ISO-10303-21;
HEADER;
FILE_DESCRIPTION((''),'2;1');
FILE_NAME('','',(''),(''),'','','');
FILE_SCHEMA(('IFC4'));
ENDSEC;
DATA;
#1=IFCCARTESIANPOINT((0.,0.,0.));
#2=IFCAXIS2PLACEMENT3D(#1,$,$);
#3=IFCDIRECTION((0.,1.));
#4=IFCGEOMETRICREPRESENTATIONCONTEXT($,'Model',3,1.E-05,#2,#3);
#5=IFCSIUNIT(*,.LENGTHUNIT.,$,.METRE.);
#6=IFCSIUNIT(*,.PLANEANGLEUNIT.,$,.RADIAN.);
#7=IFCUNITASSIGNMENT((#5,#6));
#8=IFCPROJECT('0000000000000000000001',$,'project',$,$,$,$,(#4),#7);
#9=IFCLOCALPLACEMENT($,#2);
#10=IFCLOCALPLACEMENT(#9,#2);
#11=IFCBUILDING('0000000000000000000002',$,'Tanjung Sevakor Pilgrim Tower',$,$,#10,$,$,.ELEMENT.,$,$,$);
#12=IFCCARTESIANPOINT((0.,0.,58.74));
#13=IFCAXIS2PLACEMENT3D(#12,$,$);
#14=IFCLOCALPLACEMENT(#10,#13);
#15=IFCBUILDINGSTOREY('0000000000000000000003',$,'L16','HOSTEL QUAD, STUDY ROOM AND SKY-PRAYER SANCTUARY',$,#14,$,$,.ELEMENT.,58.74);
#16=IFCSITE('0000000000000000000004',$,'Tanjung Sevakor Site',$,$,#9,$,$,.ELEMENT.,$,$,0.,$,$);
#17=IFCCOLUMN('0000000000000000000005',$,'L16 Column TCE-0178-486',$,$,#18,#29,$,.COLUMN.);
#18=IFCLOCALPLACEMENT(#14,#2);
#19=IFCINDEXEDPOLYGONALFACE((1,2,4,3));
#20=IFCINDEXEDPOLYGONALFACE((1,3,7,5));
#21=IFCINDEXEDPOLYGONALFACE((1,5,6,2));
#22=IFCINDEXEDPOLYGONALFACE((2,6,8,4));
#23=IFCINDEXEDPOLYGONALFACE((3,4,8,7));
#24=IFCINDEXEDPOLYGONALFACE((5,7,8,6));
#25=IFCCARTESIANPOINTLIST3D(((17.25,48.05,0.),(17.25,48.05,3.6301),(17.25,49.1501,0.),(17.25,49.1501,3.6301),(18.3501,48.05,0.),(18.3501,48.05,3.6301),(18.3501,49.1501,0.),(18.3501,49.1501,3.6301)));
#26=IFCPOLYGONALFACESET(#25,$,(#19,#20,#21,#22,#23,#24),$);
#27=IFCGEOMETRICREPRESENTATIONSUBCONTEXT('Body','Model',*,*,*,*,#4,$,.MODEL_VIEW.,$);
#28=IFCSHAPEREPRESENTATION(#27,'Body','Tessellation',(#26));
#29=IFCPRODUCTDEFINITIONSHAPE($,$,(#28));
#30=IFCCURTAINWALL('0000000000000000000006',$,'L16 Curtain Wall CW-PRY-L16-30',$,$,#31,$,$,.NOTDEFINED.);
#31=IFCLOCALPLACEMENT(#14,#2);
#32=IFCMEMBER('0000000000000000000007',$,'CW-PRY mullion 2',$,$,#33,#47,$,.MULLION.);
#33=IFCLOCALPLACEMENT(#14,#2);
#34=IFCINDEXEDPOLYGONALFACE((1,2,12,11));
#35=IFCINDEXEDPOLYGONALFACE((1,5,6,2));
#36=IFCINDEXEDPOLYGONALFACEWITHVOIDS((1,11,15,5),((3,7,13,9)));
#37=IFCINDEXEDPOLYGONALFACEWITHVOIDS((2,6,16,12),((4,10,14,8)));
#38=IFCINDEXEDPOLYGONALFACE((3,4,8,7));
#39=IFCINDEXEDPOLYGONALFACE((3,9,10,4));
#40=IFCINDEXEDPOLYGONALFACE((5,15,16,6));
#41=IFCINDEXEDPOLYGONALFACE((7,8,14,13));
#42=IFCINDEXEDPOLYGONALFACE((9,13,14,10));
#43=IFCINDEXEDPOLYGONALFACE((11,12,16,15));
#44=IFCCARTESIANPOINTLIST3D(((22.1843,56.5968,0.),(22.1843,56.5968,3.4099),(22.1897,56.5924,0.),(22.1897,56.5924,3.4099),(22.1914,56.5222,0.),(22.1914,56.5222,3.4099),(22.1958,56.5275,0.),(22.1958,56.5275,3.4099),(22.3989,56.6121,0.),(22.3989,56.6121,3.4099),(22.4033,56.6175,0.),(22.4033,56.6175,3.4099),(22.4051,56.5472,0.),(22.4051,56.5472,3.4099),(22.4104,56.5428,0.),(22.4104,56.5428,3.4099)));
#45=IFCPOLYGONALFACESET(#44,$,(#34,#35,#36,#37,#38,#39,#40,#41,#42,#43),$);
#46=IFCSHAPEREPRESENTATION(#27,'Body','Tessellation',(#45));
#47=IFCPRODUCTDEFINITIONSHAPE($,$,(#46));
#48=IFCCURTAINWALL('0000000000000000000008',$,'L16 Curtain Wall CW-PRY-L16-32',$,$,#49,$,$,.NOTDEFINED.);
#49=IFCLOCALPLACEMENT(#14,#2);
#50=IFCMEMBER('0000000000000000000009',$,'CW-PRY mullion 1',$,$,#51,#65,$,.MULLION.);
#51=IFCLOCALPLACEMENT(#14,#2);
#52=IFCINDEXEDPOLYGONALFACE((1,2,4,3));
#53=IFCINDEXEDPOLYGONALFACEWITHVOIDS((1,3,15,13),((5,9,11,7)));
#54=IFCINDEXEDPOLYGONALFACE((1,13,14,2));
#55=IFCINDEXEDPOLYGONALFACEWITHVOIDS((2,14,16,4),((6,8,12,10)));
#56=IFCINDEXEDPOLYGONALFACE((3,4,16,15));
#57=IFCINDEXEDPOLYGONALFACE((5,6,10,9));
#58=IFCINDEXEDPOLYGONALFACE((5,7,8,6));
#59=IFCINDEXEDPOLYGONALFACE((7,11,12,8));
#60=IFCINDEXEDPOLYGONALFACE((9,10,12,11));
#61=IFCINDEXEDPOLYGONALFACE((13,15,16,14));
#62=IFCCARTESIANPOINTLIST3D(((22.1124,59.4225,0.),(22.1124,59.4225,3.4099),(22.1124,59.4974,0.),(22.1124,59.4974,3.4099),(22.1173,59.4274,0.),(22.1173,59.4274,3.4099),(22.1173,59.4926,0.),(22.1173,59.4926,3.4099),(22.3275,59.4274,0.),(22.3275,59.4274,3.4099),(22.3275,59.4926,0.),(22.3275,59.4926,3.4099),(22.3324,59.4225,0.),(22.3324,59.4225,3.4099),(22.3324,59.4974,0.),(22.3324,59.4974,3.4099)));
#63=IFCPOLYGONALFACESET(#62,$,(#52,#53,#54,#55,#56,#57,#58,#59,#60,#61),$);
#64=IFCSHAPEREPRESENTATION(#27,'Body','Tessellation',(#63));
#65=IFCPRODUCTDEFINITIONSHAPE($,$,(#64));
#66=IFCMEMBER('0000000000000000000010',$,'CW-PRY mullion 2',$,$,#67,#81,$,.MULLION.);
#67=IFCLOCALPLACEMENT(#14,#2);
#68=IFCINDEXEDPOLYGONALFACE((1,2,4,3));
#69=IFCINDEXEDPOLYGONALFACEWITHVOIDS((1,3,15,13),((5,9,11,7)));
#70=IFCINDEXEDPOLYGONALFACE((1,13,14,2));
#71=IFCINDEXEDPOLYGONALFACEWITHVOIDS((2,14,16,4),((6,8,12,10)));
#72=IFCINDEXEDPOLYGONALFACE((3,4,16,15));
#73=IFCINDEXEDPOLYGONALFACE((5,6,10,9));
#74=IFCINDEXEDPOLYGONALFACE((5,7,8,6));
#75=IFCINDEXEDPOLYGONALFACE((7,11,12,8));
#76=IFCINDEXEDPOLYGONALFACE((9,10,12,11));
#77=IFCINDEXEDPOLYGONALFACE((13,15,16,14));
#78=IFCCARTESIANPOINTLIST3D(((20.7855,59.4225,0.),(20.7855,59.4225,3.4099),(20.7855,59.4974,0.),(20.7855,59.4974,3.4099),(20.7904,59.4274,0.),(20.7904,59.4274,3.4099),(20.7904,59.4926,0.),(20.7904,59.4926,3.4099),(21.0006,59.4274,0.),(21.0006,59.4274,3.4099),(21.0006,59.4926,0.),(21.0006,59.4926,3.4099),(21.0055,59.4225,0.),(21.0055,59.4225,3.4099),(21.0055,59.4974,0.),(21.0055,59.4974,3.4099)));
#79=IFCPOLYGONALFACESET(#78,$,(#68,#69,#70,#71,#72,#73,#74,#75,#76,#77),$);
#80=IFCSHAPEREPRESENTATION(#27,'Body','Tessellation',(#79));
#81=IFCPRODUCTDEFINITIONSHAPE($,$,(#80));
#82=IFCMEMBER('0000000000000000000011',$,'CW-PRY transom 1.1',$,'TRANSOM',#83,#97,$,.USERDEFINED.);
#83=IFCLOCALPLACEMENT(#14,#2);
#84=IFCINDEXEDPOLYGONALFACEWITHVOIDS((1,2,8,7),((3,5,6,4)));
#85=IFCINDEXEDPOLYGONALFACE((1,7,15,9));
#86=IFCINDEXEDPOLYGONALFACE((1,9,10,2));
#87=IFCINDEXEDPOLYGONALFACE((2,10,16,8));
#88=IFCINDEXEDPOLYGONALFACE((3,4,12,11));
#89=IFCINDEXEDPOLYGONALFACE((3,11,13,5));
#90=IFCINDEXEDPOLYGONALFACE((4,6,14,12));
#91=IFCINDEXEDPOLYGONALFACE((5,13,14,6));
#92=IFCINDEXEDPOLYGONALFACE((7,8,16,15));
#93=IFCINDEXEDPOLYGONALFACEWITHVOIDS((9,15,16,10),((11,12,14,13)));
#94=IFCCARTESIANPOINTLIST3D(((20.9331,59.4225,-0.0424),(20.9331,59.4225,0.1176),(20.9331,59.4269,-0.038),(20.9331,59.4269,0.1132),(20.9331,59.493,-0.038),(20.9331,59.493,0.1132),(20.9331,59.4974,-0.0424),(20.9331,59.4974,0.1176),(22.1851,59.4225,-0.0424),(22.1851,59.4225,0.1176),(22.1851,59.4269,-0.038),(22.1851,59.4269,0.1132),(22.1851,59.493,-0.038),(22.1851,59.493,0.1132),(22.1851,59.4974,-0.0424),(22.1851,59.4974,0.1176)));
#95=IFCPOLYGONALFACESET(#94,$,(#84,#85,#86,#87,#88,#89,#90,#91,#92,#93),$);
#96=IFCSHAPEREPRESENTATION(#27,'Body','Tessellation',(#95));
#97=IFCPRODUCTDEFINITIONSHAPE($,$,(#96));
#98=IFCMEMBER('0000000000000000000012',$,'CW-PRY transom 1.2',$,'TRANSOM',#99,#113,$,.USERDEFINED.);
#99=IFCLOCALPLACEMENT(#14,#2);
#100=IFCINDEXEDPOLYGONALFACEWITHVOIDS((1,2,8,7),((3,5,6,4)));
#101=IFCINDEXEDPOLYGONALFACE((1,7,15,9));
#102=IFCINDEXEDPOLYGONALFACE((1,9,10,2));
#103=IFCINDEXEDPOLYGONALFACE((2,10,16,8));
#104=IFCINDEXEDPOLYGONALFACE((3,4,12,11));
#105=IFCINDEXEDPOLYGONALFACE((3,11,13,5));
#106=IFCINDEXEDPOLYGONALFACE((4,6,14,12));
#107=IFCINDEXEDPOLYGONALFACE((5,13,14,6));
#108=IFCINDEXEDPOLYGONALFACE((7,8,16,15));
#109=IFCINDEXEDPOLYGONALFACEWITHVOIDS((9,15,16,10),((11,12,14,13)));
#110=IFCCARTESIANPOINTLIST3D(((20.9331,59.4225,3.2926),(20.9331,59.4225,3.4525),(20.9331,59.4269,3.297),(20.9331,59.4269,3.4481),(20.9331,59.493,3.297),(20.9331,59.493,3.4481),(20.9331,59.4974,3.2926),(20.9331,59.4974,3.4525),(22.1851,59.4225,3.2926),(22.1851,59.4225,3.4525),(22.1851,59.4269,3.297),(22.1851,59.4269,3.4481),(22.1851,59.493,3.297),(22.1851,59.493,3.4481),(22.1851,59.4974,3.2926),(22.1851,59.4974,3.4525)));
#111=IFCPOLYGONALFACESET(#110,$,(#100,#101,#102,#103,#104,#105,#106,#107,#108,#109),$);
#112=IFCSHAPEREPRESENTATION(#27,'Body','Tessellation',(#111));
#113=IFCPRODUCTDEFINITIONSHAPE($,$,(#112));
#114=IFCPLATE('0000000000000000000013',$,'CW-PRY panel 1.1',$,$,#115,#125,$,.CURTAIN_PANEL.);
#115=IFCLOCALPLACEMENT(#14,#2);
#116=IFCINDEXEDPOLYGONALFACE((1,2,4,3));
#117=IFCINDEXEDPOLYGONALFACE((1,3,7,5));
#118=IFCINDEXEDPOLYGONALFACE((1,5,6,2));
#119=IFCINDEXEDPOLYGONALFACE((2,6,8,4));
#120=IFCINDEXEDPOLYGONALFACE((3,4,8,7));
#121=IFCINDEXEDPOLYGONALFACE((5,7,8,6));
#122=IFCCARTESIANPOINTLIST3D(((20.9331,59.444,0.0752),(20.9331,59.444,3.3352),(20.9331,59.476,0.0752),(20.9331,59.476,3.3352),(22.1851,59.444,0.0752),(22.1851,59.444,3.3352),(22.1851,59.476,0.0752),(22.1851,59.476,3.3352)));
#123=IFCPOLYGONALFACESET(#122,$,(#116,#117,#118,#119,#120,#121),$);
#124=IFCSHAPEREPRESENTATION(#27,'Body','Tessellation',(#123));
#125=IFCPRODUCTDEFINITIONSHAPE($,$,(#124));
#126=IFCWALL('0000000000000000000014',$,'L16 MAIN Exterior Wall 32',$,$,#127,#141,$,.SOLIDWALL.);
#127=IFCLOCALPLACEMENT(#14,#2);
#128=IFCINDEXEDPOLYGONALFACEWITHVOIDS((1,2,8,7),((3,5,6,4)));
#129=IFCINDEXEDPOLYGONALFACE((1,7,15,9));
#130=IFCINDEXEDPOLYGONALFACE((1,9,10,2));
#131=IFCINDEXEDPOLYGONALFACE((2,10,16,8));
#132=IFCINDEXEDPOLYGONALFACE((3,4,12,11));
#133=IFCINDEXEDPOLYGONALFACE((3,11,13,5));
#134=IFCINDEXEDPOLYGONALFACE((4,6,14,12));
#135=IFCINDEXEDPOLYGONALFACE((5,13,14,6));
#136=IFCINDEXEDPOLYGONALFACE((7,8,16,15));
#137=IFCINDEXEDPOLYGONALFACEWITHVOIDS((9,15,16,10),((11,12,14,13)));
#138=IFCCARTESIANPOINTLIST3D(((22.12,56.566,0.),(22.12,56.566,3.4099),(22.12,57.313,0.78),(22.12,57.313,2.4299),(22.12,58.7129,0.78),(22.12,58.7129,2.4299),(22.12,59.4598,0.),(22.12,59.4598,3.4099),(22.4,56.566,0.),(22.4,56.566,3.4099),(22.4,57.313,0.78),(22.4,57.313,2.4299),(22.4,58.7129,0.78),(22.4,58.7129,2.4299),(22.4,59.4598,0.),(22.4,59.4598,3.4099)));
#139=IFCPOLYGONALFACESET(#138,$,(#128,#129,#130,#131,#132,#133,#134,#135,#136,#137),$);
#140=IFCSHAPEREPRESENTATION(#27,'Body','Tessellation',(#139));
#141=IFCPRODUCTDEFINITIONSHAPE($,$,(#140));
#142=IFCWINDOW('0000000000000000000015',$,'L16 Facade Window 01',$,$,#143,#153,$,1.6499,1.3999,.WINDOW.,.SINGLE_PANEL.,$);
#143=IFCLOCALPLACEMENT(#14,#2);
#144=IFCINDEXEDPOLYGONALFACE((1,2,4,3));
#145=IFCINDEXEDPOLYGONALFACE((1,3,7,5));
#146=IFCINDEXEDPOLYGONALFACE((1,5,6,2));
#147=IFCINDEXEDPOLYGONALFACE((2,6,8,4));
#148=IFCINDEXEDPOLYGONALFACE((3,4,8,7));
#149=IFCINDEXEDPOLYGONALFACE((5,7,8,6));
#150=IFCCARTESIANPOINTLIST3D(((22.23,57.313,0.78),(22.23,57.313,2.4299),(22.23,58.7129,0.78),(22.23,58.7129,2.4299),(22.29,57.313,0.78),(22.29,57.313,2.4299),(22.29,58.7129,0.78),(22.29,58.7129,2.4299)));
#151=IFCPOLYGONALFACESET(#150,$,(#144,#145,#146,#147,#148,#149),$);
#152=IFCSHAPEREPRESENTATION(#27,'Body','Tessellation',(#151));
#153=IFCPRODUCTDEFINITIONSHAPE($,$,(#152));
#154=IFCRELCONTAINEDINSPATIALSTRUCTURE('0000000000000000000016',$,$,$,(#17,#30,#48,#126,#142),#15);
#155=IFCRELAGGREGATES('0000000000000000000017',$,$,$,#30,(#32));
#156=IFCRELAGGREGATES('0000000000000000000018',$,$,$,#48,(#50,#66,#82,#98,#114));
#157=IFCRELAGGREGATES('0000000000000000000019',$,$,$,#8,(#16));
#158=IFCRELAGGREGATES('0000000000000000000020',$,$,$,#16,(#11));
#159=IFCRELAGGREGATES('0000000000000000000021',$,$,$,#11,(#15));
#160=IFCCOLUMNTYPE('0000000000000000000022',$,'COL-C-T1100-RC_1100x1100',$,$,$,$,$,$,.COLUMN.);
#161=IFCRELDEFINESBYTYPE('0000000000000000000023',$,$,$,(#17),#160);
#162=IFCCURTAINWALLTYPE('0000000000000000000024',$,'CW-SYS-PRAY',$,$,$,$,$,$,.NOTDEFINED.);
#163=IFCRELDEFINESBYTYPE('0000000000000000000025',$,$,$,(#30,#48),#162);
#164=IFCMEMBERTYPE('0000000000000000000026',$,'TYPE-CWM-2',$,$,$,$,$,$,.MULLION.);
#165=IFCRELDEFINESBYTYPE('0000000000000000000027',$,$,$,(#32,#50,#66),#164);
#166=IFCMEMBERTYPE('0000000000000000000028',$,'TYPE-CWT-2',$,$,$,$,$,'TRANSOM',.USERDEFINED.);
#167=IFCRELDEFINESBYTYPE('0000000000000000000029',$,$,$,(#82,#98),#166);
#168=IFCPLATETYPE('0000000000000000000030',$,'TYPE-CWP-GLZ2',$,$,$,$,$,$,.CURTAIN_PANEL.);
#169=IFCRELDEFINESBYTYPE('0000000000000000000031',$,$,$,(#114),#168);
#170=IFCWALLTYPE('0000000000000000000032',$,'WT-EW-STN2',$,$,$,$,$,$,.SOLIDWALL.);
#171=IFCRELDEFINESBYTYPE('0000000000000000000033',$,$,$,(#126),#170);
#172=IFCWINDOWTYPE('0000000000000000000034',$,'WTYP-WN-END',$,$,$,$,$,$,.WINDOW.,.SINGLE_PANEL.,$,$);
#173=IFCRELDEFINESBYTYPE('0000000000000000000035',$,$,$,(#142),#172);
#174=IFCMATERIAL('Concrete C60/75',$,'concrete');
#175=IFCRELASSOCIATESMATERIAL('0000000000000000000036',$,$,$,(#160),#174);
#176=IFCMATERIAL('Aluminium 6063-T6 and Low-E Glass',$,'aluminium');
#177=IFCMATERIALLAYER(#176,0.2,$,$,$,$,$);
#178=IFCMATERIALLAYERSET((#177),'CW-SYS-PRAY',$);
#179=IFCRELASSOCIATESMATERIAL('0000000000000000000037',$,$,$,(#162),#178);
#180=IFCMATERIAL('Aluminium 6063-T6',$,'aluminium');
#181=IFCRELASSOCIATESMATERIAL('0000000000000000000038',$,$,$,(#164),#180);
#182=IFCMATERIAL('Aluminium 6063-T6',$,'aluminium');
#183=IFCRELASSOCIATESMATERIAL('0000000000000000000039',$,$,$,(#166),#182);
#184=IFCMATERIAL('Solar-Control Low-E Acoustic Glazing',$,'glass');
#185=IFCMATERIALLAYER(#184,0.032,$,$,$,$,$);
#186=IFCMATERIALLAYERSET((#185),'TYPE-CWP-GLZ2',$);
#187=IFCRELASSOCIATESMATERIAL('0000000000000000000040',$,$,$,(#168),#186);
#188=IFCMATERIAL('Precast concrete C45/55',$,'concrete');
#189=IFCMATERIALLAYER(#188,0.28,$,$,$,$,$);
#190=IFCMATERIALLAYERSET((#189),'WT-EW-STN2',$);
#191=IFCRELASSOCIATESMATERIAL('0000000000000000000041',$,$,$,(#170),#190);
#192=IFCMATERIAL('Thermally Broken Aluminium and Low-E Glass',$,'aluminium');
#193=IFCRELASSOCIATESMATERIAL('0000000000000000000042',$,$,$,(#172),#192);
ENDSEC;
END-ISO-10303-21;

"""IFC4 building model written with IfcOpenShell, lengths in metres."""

from ifc_helpers import new_model, si_unit, direction, frame, frame_2d, origin, origin_2d, place, context, subcontext, project, spatial, rectangle, hollow_rectangle, extrude, material, layer, layer_set, material_profile, profile_set, type_object, element, fill, aggregate, save


model = new_model("IFC4")

# Units and contexts
model_context = context("Model", 3, precision=1e-05, world=origin(), true_north=direction((0.0, 1.0)))
body_context = subcontext(model_context, "Body", "Model", "MODEL_VIEW")
ifc_project = project(units=[si_unit("LENGTHUNIT", "METRE"), si_unit("PLANEANGLEUNIT", "RADIAN")], contexts=[model_context])

# Site, building, storey
site_placement = place(None, origin())
site = spatial("IfcSite", under=ifc_project, at=site_placement, Name="Tanjung Sevakor Site", CompositionType="ELEMENT", RefElevation=0.0)
building_placement = place(site_placement, origin())
building = spatial("IfcBuilding", under=site, at=building_placement, Name="Tanjung Sevakor Pilgrim Tower", CompositionType="ELEMENT")
storey_placement = place(building_placement, frame((0.0, 0.0, 58.74)))
storey = spatial("IfcBuildingStorey", under=building, at=storey_placement, Name="L16", Description="HOSTEL QUAD, STUDY ROOM AND SKY-PRAYER SANCTUARY", CompositionType="ELEMENT", Elevation=58.74)

# Column
ifc_material_1 = material(Name="Concrete C60/75", Category="concrete")
ifc_material_profile_1 = material_profile(ifc_material_1, rectangle(XDim=1.1001, YDim=1.1001, at=origin_2d()))
ifc_profile_set_1 = profile_set([ifc_material_profile_1], Name="Concrete C60/75")
column_type = type_object("IfcColumnType", Name="COL-C-T1100-RC_1100x1100", PredefinedType="COLUMN", material=ifc_profile_set_1)
column_placement = place(storey_placement, frame((17.8, 48.6001, 0.0), z_axis=(0.0, 0.0, 1.0), x_axis=(1.0, 0.0, 0.0)))
element("IfcColumn", 1, at=column_placement, inside=storey, type_object=column_type, Name="L16 Column TCE-0178-486", PredefinedType="COLUMN", context=body_context, shape_type="SweptSolid", body=[
    extrude(rectangle(XDim=1.1001, YDim=1.1001, at=origin_2d()), origin(), (0.0, 0.0, 1.0), 3.6301),
])

# Curtain wall, member
ifc_material_2 = material(Name="Aluminium 6063-T6 and Low-E Glass", Category="aluminium")
ifc_layer_1 = layer(ifc_material_2, 0.2)
ifc_layer_set_1 = layer_set([ifc_layer_1], Name="CW-SYS-PRAY")
curtain_wall_type = type_object("IfcCurtainWallType", Name="CW-SYS-PRAY", PredefinedType="NOTDEFINED", material=ifc_layer_set_1)
curtain_wall_1_placement = place(storey_placement, origin())
curtain_wall_1 = element("IfcCurtainWall", 2, at=curtain_wall_1_placement, inside=storey, type_object=curtain_wall_type, Name="L16 Curtain Wall CW-PRY-L16-30", PredefinedType="NOTDEFINED")
ifc_material_3 = material(Name="Aluminium 6063-T6", Category="aluminium")
ifc_material_profile_2 = material_profile(ifc_material_3, hollow_rectangle(XDim=0.075, YDim=0.22, WallThickness=0.0049, at=origin_2d()))
ifc_profile_set_2 = profile_set([ifc_material_profile_2], Name="Aluminium 6063-T6")
member_type_1 = type_object("IfcMemberType", Name="TYPE-CWM-2", PredefinedType="MULLION", material=ifc_profile_set_2)
member_1_placement = place(storey_placement, frame((22.2974, 56.5698, 0.0), z_axis=(0.0, 0.0, 1.0), x_axis=(0.093915, -0.99558, 0.0)))
member_1 = element("IfcMember", 3, at=member_1_placement, type_object=member_type_1, Name="CW-PRY mullion 2", PredefinedType="MULLION", context=body_context, shape_type="SweptSolid", body=[
    extrude(hollow_rectangle(XDim=0.075, YDim=0.22, WallThickness=0.0049, at=origin_2d()), origin(), (0.0, 0.0, 1.0), 3.4099),
])
aggregate(curtain_wall_1, [member_1])

# Curtain wall, members, plate
curtain_wall_2_placement = place(storey_placement, origin())
curtain_wall_2 = element("IfcCurtainWall", 4, at=curtain_wall_2_placement, inside=storey, type_object=curtain_wall_type, Name="L16 Curtain Wall CW-PRY-L16-32", PredefinedType="NOTDEFINED")
member_2_placement = place(storey_placement, frame((22.2224, 59.46, 0.0), z_axis=(0.0, 0.0, 1.0), x_axis=(0.0, -1.0, 0.0)))
member_2 = element("IfcMember", 5, at=member_2_placement, type_object=member_type_1, Name="CW-PRY mullion 1", PredefinedType="MULLION", context=body_context, shape_type="SweptSolid", body=[
    extrude(hollow_rectangle(XDim=0.075, YDim=0.22, WallThickness=0.0049, at=origin_2d()), origin(), (0.0, 0.0, 1.0), 3.4099),
])
member_3_placement = place(storey_placement, frame((20.8955, 59.46, 0.0), z_axis=(0.0, 0.0, 1.0), x_axis=(0.0, -1.0, 0.0)))
member_3 = element("IfcMember", 6, at=member_3_placement, type_object=member_type_1, Name="CW-PRY mullion 2", PredefinedType="MULLION", context=body_context, shape_type="SweptSolid", body=[
    extrude(hollow_rectangle(XDim=0.075, YDim=0.22, WallThickness=0.0049, at=origin_2d()), origin(), (0.0, 0.0, 1.0), 3.4099),
])
ifc_material_4 = material(Name="Aluminium 6063-T6", Category="aluminium")
ifc_material_profile_3 = material_profile(ifc_material_4, hollow_rectangle(XDim=0.075, YDim=0.1599, WallThickness=0.0044, at=origin_2d()))
ifc_profile_set_3 = profile_set([ifc_material_profile_3], Name="Aluminium 6063-T6")
member_type_2 = type_object("IfcMemberType", Name="TYPE-CWT-2", ElementType="TRANSOM", PredefinedType="USERDEFINED", material=ifc_profile_set_3)
member_4_placement = place(storey_placement, frame((22.1851, 59.46, 0.0376), z_axis=(-1.0, 0.0, 0.0), x_axis=(0.0, -1.0, 0.0)))
member_4 = element("IfcMember", 7, at=member_4_placement, type_object=member_type_2, Name="CW-PRY transom 1.1", ObjectType="TRANSOM", PredefinedType="USERDEFINED", context=body_context, shape_type="SweptSolid", body=[
    extrude(hollow_rectangle(XDim=0.075, YDim=0.1599, WallThickness=0.0044, at=origin_2d()), origin(), (0.0, 0.0, 1.0), 1.252),
])
member_5_placement = place(storey_placement, frame((22.1851, 59.46, 3.3726), z_axis=(-1.0, 0.0, 0.0), x_axis=(0.0, -1.0, 0.0)))
member_5 = element("IfcMember", 8, at=member_5_placement, type_object=member_type_2, Name="CW-PRY transom 1.2", ObjectType="TRANSOM", PredefinedType="USERDEFINED", context=body_context, shape_type="SweptSolid", body=[
    extrude(hollow_rectangle(XDim=0.075, YDim=0.1599, WallThickness=0.0044, at=origin_2d()), origin(), (0.0, 0.0, 1.0), 1.252),
])
ifc_material_5 = material(Name="Solar-Control Low-E Acoustic Glazing", Category="glass")
ifc_layer_2 = layer(ifc_material_5, 0.032)
ifc_layer_set_2 = layer_set([ifc_layer_2], Name="TYPE-CWP-GLZ2")
plate_type = type_object("IfcPlateType", Name="TYPE-CWP-GLZ2", PredefinedType="CURTAIN_PANEL", material=ifc_layer_set_2)
plate_placement = place(storey_placement, frame((21.5591, 59.46, 0.0752), z_axis=(0.0, 0.0, 1.0), x_axis=(-1.0, 0.0, 0.0)))
plate = element("IfcPlate", 9, at=plate_placement, type_object=plate_type, Name="CW-PRY panel 1.1", PredefinedType="CURTAIN_PANEL", context=body_context, shape_type="SweptSolid", body=[
    extrude(rectangle(XDim=1.252, YDim=0.032, at=origin_2d()), origin(), (0.0, 0.0, 1.0), 3.26),
])
aggregate(curtain_wall_2, [member_2, member_3, member_4, member_5, plate])

# Wall, opening, window
ifc_material_6 = material(Name="Precast concrete C45/55", Category="concrete")
ifc_layer_3 = layer(ifc_material_6, 0.28)
ifc_layer_set_3 = layer_set([ifc_layer_3], Name="WT-EW-STN2")
wall_type = type_object("IfcWallType", Name="WT-EW-STN2", PredefinedType="SOLIDWALL", material=ifc_layer_set_3)
wall_1_placement = place(storey_placement, frame((22.26, 56.5662, 0.0), z_axis=(0.0, 0.0, 1.0), x_axis=(0.0, 1.0, 0.0)))
wall_1 = element("IfcWall", 10, at=wall_1_placement, inside=storey, type_object=wall_type, Name="L16 MAIN Exterior Wall 32", PredefinedType="SOLIDWALL", context=body_context, shape_type="SweptSolid", body=[
    extrude(rectangle(XDim=2.8938, YDim=0.28, at=frame_2d((1.4468, 0.0))), origin(), (0.0, 0.0, 1.0), 3.4099),
])
opening_1_placement = place(wall_1_placement, frame((0.7468, 0.0, 0.78)))
opening_1 = element("IfcOpeningElement", 11, at=opening_1_placement, cuts=wall_1, PredefinedType="OPENING", context=body_context, shape_type="SweptSolid", body=[
    extrude(rectangle(XDim=1.3999, YDim=1.6499, at=frame_2d((0.7, 0.825))), frame((0.0, 0.1499, 0.0), z_axis=(0.0, -1.0, 0.0), x_axis=(1.0, 0.0, 0.0)), (0.0, 0.0, 1.0), 0.3),
])
ifc_material_7 = material(Name="Thermally Broken Aluminium and Low-E Glass", Category="aluminium")
window_type_1 = type_object("IfcWindowType", Name="WTYP-WN-END", PartitioningType="SINGLE_PANEL", PredefinedType="WINDOW", material=ifc_material_7)
window_1_placement = place(opening_1_placement, origin())
window_1 = element("IfcWindow", 12, at=window_1_placement, inside=storey, type_object=window_type_1, Name="L16 Facade Window 01", OverallHeight=1.6499, OverallWidth=1.3999, PartitioningType="SINGLE_PANEL", PredefinedType="WINDOW", context=body_context, shape_type="SweptSolid", body=[
    extrude(rectangle(XDim=1.3999, YDim=1.6499, at=frame_2d((0.7, 0.825))), frame((0.0, 0.03, 0.0), z_axis=(0.0, -1.0, 0.0), x_axis=(1.0, 0.0, 0.0)), (0.0, 0.0, 1.0), 0.0601),
])
fill(opening_1, window_1)

save(model, "model.ifc")
